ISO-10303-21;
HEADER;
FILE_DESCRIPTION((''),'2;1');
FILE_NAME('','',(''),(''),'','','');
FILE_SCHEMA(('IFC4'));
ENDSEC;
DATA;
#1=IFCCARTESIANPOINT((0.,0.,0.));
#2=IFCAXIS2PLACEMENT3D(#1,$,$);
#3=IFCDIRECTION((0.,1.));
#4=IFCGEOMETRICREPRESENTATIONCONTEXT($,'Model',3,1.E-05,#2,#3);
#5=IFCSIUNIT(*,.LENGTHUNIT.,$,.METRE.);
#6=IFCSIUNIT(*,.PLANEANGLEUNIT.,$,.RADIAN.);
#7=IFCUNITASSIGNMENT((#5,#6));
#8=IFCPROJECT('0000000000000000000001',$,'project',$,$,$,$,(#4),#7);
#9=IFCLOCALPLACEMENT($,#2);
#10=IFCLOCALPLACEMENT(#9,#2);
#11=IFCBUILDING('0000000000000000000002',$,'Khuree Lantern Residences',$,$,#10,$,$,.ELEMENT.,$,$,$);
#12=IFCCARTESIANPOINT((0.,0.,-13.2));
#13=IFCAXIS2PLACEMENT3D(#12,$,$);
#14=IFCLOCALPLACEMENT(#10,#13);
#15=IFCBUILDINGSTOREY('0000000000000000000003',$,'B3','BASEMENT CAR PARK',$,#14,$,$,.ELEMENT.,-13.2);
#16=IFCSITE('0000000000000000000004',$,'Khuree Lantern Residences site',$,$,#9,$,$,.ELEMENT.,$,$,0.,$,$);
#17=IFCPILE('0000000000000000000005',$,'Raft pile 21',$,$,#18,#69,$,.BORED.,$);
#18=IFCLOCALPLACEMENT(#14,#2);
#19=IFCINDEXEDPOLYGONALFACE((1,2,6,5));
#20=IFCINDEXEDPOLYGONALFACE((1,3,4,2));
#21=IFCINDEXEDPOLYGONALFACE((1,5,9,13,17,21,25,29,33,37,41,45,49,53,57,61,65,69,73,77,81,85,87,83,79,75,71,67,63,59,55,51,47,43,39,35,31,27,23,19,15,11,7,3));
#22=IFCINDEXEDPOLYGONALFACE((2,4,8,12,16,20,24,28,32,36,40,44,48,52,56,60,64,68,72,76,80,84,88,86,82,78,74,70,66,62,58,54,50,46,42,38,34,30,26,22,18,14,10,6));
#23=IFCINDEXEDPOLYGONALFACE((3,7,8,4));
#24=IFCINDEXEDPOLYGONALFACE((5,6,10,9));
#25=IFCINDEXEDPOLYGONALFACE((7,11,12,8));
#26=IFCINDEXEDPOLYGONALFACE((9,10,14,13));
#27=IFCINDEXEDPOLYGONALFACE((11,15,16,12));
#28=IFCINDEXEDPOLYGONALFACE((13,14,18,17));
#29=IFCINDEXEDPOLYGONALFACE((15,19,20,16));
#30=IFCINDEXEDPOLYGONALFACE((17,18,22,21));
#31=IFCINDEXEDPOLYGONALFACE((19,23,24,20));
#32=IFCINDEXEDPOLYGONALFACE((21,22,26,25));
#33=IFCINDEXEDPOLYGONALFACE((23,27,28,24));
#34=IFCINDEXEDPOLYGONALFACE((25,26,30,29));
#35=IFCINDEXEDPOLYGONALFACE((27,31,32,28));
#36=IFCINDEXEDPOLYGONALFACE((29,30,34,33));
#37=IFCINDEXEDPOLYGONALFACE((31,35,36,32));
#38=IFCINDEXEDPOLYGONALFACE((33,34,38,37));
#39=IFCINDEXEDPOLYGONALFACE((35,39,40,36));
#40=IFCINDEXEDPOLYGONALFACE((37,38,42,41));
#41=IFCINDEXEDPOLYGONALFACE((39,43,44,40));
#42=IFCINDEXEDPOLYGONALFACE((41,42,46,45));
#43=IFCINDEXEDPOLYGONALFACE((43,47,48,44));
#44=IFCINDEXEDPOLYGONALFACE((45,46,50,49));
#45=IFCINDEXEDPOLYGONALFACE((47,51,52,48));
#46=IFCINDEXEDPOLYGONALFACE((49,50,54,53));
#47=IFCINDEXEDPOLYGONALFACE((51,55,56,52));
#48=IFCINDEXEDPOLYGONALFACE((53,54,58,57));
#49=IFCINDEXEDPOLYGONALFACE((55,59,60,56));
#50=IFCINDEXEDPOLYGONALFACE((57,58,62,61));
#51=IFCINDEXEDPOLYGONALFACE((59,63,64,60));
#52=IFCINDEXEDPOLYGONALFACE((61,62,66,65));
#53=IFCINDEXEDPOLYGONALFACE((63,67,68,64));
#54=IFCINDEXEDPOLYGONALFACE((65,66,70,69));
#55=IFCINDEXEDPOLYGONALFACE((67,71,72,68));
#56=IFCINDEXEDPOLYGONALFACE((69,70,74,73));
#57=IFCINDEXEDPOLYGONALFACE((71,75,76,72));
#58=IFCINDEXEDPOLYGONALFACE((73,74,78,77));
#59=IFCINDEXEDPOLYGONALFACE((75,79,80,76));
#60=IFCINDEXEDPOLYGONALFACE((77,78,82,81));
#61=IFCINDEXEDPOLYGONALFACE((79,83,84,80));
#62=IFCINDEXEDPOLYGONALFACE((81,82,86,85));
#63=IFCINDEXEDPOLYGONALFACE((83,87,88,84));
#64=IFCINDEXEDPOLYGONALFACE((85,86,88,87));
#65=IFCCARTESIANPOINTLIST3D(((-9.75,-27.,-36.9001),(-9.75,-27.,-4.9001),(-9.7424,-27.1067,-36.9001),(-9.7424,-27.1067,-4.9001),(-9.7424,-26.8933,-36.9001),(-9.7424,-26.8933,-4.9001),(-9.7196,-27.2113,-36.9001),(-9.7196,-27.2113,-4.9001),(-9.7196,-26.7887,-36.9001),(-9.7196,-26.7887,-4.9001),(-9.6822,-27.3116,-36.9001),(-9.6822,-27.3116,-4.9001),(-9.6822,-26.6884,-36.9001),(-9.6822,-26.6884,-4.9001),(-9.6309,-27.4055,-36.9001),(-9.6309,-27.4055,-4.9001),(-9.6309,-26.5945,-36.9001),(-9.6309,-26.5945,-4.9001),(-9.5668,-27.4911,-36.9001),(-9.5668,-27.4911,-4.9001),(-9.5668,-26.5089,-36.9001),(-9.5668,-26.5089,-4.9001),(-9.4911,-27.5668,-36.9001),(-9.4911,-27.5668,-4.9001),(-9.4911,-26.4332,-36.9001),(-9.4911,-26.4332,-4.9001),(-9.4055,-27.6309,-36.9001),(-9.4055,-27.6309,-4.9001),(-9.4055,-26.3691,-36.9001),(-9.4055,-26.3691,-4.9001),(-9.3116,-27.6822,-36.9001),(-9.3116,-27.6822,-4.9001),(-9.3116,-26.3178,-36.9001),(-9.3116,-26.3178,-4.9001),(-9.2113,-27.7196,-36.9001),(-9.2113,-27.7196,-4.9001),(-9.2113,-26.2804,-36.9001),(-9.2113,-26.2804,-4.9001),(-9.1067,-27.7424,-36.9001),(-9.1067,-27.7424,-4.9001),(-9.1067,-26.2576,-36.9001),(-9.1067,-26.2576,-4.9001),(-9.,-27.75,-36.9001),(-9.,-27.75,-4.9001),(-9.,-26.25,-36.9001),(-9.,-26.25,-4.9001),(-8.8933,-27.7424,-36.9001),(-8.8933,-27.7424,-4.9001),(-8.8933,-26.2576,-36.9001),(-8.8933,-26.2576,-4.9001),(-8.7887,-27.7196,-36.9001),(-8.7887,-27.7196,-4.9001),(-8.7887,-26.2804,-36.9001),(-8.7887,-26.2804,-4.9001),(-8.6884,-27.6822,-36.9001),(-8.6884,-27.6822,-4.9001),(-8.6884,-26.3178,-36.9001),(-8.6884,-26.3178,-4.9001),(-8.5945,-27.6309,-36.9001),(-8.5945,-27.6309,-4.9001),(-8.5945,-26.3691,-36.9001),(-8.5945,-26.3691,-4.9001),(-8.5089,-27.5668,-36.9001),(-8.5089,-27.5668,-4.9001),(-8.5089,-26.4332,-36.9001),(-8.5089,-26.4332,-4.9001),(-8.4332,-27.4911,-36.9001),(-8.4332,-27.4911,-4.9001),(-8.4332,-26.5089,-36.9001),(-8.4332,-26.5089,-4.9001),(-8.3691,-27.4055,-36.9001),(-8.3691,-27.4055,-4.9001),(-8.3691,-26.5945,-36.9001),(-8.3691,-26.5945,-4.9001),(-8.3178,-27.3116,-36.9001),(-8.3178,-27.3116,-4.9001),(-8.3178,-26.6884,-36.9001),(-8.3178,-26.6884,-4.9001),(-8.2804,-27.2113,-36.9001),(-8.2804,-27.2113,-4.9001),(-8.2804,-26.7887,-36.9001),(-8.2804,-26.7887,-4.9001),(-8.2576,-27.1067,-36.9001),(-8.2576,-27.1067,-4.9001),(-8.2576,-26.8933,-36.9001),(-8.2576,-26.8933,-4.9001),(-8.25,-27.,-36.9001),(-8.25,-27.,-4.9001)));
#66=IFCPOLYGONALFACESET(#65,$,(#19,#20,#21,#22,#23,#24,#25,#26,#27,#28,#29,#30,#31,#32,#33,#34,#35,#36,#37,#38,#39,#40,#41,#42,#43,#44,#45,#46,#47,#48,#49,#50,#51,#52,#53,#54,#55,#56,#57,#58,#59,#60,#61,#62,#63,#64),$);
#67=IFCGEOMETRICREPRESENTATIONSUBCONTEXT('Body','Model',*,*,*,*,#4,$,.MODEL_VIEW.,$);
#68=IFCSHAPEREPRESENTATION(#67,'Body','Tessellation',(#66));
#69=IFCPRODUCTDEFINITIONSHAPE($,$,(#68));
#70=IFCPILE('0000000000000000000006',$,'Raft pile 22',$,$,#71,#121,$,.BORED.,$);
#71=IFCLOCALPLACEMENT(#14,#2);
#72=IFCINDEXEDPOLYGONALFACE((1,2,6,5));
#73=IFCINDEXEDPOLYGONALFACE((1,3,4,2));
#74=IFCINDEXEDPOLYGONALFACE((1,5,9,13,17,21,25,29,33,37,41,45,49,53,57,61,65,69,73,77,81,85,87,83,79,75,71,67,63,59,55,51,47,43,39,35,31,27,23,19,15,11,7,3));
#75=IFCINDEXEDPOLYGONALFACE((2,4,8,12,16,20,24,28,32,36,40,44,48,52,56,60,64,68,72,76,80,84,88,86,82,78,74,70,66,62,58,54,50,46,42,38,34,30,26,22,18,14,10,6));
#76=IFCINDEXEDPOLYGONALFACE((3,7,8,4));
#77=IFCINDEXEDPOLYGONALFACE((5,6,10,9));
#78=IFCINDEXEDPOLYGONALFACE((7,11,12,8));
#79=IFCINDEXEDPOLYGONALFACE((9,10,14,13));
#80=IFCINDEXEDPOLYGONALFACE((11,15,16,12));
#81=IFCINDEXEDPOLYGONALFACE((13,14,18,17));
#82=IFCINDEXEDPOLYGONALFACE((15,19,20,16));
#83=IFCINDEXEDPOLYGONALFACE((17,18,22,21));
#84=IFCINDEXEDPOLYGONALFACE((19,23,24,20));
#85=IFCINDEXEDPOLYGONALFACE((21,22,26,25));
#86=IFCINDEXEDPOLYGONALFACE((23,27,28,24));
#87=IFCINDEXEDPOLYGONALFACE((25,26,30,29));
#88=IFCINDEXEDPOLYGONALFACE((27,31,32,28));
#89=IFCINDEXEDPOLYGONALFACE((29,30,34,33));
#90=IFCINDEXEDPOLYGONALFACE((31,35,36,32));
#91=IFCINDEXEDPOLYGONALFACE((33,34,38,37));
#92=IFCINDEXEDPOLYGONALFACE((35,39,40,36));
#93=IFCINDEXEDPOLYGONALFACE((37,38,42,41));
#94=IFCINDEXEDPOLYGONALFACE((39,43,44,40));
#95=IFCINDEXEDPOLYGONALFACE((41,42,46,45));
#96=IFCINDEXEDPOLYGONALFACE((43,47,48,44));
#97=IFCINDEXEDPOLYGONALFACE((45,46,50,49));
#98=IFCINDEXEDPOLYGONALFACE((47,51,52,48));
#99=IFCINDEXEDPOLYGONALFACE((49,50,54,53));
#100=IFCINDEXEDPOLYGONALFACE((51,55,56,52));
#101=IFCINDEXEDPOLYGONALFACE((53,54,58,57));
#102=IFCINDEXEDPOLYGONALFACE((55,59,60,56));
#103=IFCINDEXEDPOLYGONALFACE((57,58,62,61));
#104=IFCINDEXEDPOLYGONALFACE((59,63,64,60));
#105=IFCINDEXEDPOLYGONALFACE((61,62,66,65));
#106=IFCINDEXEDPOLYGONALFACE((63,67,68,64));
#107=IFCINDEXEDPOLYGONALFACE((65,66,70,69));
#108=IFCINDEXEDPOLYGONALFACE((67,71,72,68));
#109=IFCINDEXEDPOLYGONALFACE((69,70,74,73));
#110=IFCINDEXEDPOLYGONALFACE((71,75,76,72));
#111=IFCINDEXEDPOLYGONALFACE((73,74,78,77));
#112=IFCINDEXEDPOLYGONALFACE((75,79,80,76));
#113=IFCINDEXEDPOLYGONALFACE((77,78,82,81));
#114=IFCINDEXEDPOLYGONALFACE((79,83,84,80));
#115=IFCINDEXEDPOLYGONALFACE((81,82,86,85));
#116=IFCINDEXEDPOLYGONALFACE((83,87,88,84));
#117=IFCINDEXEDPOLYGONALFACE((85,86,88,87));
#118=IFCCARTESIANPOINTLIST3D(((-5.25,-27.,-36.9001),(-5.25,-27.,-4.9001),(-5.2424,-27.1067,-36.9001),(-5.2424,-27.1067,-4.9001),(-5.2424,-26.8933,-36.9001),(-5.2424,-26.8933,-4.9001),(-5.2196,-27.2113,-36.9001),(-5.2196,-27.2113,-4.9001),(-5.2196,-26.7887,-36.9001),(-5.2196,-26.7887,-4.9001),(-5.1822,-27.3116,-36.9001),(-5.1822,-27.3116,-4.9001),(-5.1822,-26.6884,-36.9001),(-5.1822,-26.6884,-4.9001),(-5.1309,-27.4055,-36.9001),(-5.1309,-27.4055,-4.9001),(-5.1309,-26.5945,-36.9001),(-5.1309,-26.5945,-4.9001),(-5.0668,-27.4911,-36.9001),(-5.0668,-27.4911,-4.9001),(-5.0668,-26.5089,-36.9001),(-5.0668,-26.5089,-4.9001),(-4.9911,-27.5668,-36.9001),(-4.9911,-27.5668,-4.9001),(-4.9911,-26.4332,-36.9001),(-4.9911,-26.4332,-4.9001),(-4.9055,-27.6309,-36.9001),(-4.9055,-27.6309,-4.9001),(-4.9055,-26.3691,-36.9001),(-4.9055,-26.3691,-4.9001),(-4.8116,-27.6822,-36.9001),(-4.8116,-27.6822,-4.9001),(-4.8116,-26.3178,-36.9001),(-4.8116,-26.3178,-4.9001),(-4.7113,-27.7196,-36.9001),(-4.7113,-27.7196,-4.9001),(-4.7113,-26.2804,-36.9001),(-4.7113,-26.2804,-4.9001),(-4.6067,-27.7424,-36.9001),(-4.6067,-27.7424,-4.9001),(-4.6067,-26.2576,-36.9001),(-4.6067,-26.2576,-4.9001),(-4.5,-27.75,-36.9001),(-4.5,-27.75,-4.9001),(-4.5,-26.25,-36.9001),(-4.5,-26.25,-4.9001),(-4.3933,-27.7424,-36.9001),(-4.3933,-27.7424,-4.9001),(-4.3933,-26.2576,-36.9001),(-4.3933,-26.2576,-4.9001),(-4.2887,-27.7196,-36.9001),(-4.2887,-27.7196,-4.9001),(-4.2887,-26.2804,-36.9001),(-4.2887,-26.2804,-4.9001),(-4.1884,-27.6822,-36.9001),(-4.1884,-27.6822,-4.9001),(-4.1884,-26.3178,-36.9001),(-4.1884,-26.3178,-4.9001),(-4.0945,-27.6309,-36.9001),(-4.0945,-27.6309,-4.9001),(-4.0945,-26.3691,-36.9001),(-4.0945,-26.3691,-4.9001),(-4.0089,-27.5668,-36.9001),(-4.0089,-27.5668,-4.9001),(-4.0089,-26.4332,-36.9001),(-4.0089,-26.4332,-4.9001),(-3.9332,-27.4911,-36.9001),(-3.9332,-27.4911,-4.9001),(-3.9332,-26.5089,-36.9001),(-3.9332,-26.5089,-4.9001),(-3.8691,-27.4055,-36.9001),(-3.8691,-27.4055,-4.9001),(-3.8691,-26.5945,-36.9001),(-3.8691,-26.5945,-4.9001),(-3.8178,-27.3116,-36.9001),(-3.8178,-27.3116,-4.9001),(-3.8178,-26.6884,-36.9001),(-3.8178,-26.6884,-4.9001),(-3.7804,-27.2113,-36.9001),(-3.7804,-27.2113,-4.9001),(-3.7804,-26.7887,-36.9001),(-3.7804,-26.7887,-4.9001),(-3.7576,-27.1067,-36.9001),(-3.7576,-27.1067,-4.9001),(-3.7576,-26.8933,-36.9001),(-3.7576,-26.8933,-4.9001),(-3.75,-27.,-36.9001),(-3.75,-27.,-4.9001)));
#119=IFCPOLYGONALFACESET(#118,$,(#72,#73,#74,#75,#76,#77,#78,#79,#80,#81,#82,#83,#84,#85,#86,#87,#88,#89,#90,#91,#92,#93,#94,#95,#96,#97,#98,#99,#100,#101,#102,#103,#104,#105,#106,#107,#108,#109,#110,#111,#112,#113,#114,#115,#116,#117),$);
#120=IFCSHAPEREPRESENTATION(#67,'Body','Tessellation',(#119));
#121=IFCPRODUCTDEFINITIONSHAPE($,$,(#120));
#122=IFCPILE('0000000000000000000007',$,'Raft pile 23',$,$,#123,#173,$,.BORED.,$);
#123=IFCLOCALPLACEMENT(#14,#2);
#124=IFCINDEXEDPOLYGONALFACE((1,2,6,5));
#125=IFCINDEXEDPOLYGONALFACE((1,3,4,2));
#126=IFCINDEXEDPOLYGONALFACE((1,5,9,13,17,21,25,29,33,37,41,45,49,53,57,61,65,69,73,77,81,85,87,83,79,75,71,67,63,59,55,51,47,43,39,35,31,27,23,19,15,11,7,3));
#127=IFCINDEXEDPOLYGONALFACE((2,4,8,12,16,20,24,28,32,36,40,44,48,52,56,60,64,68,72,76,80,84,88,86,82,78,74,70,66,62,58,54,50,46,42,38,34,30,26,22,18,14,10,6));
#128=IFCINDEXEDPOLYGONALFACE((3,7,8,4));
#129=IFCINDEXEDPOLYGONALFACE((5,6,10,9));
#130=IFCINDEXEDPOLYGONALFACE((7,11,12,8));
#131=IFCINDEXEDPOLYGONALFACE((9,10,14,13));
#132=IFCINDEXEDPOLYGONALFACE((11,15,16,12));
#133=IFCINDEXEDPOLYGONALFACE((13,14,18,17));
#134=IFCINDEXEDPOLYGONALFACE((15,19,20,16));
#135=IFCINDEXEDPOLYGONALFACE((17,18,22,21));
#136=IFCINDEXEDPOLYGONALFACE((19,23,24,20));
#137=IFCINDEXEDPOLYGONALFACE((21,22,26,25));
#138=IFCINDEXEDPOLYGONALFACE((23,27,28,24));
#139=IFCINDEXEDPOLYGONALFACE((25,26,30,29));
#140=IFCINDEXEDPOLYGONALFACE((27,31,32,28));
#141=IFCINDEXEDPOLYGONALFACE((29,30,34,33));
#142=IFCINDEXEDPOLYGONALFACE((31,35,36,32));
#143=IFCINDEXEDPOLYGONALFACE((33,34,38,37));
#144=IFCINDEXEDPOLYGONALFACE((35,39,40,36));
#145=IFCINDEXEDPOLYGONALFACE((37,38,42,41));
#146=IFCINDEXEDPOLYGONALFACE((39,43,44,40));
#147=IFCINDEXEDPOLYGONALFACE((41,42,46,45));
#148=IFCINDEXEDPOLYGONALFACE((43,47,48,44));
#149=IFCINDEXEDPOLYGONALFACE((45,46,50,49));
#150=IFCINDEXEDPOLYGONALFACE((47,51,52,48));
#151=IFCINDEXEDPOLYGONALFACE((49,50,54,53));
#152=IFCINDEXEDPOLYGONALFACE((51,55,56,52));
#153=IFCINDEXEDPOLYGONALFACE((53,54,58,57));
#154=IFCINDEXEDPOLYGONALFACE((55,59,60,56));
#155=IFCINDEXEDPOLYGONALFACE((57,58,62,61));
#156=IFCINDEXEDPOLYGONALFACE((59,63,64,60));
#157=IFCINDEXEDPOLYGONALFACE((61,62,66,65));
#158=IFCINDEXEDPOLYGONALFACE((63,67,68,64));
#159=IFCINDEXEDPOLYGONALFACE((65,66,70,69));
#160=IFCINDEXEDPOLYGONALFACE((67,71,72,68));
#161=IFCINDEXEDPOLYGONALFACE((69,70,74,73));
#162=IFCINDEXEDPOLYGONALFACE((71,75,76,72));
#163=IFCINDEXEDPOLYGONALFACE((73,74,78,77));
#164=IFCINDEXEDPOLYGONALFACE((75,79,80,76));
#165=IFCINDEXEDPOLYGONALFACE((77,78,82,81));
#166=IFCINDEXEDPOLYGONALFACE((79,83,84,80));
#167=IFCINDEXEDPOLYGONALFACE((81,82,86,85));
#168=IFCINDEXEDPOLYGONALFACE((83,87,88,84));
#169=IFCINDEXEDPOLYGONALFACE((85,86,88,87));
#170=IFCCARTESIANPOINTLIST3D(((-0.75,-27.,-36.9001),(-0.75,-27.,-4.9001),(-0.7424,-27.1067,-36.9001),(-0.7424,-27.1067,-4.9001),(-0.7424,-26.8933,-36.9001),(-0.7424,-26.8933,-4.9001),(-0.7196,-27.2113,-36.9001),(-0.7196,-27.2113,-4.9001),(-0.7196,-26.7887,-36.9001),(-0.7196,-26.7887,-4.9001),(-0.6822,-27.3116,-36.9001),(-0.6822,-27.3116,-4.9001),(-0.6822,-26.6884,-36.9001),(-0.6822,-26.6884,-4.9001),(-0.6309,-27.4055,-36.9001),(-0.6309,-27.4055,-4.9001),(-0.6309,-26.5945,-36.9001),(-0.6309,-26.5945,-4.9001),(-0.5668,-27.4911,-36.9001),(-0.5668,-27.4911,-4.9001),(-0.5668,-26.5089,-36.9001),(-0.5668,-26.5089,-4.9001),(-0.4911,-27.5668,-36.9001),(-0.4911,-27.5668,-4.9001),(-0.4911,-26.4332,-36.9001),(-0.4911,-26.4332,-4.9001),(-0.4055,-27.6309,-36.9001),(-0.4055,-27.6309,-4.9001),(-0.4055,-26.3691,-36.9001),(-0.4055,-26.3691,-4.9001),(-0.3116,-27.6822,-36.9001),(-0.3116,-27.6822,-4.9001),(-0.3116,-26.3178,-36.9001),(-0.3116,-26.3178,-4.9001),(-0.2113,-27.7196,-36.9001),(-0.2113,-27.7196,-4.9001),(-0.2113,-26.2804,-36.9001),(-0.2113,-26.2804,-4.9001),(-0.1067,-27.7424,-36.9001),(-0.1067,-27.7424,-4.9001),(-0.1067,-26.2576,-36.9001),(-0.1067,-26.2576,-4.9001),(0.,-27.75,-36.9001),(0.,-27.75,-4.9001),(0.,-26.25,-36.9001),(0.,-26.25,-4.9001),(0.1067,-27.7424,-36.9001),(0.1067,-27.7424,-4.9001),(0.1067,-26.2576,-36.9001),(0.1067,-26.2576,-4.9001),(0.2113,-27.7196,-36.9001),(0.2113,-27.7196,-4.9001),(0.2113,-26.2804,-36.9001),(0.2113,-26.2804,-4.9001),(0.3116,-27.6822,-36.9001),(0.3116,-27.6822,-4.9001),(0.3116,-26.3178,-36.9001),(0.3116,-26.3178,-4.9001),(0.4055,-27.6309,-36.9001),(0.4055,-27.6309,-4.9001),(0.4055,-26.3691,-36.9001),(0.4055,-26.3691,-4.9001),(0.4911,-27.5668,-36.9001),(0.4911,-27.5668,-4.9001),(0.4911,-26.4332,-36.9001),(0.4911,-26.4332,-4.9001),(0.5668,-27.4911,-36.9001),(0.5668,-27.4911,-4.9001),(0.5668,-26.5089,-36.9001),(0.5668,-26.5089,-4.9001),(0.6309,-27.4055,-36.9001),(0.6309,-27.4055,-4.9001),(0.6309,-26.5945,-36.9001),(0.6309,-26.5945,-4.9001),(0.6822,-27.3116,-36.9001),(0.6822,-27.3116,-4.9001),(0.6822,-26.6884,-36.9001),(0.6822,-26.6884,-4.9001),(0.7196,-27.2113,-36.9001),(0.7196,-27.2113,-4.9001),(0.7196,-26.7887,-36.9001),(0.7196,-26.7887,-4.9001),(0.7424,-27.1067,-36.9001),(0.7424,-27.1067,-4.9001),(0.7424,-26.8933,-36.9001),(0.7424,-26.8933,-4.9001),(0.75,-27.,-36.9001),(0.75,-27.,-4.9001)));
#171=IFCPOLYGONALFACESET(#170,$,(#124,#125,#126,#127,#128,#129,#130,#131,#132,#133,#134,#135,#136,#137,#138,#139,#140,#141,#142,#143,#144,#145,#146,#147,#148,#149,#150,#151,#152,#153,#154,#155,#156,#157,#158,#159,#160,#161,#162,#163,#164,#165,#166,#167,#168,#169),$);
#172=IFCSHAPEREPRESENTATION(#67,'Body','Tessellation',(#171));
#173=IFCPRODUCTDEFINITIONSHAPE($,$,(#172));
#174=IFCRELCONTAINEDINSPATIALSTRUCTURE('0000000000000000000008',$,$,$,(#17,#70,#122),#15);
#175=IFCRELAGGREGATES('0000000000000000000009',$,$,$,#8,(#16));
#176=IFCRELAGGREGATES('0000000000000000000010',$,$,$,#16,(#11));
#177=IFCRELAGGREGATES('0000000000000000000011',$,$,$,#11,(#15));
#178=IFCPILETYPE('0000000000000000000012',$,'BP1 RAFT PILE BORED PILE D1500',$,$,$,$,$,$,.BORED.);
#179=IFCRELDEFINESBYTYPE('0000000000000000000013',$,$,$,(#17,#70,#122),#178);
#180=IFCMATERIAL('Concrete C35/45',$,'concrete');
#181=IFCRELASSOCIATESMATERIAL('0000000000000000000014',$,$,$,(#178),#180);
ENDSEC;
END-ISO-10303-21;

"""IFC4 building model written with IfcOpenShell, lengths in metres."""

from ifc_helpers import new_model, si_unit, direction, frame, origin, origin_2d, place, context, subcontext, project, spatial, circle, extrude, material, material_profile, profile_set, type_object, element, save


model = new_model("IFC4")

# Units and contexts
model_context = context("Model", 3, precision=1e-05, world=origin(), true_north=direction((0.0, 1.0)))
body_context = subcontext(model_context, "Body", "Model", "MODEL_VIEW")
ifc_project = project(units=[si_unit("LENGTHUNIT", "METRE"), si_unit("PLANEANGLEUNIT", "RADIAN")], contexts=[model_context])

# Site, building, storey
site_placement = place(None, origin())
site = spatial("IfcSite", under=ifc_project, at=site_placement, Name="Khuree Lantern Residences site", CompositionType="ELEMENT", RefElevation=0.0)
building_placement = place(site_placement, origin())
building = spatial("IfcBuilding", under=site, at=building_placement, Name="Khuree Lantern Residences", CompositionType="ELEMENT")
storey_placement = place(building_placement, frame((0.0, 0.0, -13.2)))
storey = spatial("IfcBuildingStorey", under=building, at=storey_placement, Name="B3", Description="BASEMENT CAR PARK", CompositionType="ELEMENT", Elevation=-13.2)

# Piles
ifc_material_1 = material(Name="Concrete C35/45", Category="concrete")
ifc_material_profile_1 = material_profile(ifc_material_1, circle(Radius=0.75, at=origin_2d()), Name="BORED PILE D1500")
ifc_profile_set_1 = profile_set([ifc_material_profile_1], Name="Concrete C35/45")
pile_type = type_object("IfcPileType", Name="BP1 RAFT PILE BORED PILE D1500", PredefinedType="BORED", material=ifc_profile_set_1)
for number, where, z_axis, x_axis, name in (
    (1, (-9.0, -27.0, -4.9001), (0.0, 0.0, -1.0), (1.0, 0.0, 0.0), "Raft pile 21"),
    (2, (-4.5, -27.0, -4.9001), (0.0, 0.0, -1.0), (1.0, 0.0, 0.0), "Raft pile 22"),
    (3, (0.0, -27.0, -4.9001), (0.0, 0.0, -1.0), (1.0, 0.0, 0.0), "Raft pile 23"),
):
    element("IfcPile", number, at=place(storey_placement, frame(where, z_axis=z_axis, x_axis=x_axis)), inside=storey, type_object=pile_type, Name=name, PredefinedType="BORED", context=body_context, shape_type="SweptSolid", body=[
        extrude(circle(Radius=0.75, at=origin_2d()), origin(), (0.0, 0.0, 1.0), 32.0),
    ])

save(model, "model.ifc")
